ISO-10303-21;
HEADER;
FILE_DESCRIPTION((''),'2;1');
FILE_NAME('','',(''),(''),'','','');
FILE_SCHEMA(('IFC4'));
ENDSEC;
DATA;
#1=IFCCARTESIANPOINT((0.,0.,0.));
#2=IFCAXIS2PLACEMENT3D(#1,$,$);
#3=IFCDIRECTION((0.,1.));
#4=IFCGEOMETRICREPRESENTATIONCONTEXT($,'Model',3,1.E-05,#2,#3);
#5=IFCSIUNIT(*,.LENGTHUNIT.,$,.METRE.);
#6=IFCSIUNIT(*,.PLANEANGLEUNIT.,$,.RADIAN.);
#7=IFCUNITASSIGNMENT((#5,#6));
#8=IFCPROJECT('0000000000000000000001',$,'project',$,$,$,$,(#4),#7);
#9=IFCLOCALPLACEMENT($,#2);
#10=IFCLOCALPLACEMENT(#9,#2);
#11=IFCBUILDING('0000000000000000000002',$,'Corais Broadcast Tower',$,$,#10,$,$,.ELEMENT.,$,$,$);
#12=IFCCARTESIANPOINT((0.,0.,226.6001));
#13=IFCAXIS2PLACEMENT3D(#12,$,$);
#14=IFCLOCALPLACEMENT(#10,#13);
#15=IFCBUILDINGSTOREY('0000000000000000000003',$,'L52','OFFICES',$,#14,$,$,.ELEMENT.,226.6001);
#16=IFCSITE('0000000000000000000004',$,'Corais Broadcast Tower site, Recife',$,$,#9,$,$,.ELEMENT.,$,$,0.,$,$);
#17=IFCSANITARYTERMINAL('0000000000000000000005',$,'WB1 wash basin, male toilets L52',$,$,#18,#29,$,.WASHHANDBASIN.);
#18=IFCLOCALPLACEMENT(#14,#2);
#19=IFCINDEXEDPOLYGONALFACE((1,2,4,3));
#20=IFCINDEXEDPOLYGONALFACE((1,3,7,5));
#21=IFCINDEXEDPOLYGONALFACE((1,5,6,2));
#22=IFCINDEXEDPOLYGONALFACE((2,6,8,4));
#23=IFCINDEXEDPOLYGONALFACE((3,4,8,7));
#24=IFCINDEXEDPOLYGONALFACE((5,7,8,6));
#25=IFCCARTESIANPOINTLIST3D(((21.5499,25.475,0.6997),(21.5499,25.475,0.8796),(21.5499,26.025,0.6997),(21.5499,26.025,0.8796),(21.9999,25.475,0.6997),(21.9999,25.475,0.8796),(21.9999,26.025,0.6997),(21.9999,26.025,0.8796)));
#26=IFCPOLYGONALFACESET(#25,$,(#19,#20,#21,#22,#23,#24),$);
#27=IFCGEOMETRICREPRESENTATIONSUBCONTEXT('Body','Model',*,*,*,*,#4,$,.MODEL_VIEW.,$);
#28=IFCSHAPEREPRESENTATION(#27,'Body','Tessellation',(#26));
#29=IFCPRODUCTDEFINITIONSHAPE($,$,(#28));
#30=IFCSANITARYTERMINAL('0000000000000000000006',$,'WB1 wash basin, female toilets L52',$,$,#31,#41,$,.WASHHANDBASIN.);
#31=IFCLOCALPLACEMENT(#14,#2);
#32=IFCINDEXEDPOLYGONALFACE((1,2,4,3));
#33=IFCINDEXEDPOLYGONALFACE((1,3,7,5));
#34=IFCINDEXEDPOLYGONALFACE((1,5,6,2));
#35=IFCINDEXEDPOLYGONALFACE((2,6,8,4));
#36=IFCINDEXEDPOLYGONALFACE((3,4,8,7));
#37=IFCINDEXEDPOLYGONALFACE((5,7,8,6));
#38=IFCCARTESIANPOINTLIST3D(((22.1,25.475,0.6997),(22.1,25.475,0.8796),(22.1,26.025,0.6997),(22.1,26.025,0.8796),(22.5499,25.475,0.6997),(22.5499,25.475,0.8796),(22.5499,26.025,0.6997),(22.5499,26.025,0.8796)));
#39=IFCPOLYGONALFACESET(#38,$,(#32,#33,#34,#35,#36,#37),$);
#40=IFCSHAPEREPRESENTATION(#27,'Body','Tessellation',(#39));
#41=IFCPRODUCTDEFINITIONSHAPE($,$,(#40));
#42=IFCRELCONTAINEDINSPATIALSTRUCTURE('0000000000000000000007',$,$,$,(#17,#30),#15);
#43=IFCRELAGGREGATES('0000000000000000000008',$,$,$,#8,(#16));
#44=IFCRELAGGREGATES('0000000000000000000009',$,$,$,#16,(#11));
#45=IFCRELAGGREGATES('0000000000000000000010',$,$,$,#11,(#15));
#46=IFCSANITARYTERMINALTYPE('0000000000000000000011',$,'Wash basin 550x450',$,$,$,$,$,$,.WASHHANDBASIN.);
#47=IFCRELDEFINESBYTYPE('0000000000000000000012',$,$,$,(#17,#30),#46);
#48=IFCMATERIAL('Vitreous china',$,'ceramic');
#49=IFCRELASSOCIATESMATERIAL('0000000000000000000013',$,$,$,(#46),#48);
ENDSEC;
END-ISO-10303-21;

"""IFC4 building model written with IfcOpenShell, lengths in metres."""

from ifc_helpers import new_model, si_unit, direction, frame, origin, origin_2d, place, context, subcontext, project, spatial, rectangle, extrude, material, type_object, element, save


model = new_model("IFC4")

# Units and contexts
model_context = context("Model", 3, precision=1e-05, world=origin(), true_north=direction((0.0, 1.0)))
body_context = subcontext(model_context, "Body", "Model", "MODEL_VIEW")
ifc_project = project(units=[si_unit("LENGTHUNIT", "METRE"), si_unit("PLANEANGLEUNIT", "RADIAN")], contexts=[model_context])

# Site, building, storey
site_placement = place(None, origin())
site = spatial("IfcSite", under=ifc_project, at=site_placement, Name="Corais Broadcast Tower site, Recife", CompositionType="ELEMENT", RefElevation=0.0)
building_placement = place(site_placement, origin())
building = spatial("IfcBuilding", under=site, at=building_placement, Name="Corais Broadcast Tower", CompositionType="ELEMENT")
storey_placement = place(building_placement, frame((0.0, 0.0, 226.6001)))
storey = spatial("IfcBuildingStorey", under=building, at=storey_placement, Name="L52", Description="OFFICES", CompositionType="ELEMENT", Elevation=226.6001)

# Sanitary terminals
ifc_material_1 = material(Name="Vitreous china", Category="ceramic")
sanitary_terminal_type_1 = type_object("IfcSanitaryTerminalType", Name="Wash basin 550x450", PredefinedType="WASHHANDBASIN", material=ifc_material_1)
for number, where, z_axis, x_axis, name in (
    (1, (21.7749, 25.75, 0.6997), (0.0, 0.0, 1.0), (1.0, 0.0, 0.0), "WB1 wash basin, male toilets L52"),
    (2, (22.325, 25.75, 0.6997), (0.0, 0.0, 1.0), (1.0, 0.0, 0.0), "WB1 wash basin, female toilets L52"),
):
    element("IfcSanitaryTerminal", number, at=place(storey_placement, frame(where, z_axis=z_axis, x_axis=x_axis)), inside=storey, type_object=sanitary_terminal_type_1, Name=name, PredefinedType="WASHHANDBASIN", context=body_context, shape_type="SweptSolid", body=[
        extrude(rectangle(XDim=0.45, YDim=0.55, at=origin_2d()), origin(), (0.0, 0.0, 1.0), 0.1799),
    ])

save(model, "model.ifc")
